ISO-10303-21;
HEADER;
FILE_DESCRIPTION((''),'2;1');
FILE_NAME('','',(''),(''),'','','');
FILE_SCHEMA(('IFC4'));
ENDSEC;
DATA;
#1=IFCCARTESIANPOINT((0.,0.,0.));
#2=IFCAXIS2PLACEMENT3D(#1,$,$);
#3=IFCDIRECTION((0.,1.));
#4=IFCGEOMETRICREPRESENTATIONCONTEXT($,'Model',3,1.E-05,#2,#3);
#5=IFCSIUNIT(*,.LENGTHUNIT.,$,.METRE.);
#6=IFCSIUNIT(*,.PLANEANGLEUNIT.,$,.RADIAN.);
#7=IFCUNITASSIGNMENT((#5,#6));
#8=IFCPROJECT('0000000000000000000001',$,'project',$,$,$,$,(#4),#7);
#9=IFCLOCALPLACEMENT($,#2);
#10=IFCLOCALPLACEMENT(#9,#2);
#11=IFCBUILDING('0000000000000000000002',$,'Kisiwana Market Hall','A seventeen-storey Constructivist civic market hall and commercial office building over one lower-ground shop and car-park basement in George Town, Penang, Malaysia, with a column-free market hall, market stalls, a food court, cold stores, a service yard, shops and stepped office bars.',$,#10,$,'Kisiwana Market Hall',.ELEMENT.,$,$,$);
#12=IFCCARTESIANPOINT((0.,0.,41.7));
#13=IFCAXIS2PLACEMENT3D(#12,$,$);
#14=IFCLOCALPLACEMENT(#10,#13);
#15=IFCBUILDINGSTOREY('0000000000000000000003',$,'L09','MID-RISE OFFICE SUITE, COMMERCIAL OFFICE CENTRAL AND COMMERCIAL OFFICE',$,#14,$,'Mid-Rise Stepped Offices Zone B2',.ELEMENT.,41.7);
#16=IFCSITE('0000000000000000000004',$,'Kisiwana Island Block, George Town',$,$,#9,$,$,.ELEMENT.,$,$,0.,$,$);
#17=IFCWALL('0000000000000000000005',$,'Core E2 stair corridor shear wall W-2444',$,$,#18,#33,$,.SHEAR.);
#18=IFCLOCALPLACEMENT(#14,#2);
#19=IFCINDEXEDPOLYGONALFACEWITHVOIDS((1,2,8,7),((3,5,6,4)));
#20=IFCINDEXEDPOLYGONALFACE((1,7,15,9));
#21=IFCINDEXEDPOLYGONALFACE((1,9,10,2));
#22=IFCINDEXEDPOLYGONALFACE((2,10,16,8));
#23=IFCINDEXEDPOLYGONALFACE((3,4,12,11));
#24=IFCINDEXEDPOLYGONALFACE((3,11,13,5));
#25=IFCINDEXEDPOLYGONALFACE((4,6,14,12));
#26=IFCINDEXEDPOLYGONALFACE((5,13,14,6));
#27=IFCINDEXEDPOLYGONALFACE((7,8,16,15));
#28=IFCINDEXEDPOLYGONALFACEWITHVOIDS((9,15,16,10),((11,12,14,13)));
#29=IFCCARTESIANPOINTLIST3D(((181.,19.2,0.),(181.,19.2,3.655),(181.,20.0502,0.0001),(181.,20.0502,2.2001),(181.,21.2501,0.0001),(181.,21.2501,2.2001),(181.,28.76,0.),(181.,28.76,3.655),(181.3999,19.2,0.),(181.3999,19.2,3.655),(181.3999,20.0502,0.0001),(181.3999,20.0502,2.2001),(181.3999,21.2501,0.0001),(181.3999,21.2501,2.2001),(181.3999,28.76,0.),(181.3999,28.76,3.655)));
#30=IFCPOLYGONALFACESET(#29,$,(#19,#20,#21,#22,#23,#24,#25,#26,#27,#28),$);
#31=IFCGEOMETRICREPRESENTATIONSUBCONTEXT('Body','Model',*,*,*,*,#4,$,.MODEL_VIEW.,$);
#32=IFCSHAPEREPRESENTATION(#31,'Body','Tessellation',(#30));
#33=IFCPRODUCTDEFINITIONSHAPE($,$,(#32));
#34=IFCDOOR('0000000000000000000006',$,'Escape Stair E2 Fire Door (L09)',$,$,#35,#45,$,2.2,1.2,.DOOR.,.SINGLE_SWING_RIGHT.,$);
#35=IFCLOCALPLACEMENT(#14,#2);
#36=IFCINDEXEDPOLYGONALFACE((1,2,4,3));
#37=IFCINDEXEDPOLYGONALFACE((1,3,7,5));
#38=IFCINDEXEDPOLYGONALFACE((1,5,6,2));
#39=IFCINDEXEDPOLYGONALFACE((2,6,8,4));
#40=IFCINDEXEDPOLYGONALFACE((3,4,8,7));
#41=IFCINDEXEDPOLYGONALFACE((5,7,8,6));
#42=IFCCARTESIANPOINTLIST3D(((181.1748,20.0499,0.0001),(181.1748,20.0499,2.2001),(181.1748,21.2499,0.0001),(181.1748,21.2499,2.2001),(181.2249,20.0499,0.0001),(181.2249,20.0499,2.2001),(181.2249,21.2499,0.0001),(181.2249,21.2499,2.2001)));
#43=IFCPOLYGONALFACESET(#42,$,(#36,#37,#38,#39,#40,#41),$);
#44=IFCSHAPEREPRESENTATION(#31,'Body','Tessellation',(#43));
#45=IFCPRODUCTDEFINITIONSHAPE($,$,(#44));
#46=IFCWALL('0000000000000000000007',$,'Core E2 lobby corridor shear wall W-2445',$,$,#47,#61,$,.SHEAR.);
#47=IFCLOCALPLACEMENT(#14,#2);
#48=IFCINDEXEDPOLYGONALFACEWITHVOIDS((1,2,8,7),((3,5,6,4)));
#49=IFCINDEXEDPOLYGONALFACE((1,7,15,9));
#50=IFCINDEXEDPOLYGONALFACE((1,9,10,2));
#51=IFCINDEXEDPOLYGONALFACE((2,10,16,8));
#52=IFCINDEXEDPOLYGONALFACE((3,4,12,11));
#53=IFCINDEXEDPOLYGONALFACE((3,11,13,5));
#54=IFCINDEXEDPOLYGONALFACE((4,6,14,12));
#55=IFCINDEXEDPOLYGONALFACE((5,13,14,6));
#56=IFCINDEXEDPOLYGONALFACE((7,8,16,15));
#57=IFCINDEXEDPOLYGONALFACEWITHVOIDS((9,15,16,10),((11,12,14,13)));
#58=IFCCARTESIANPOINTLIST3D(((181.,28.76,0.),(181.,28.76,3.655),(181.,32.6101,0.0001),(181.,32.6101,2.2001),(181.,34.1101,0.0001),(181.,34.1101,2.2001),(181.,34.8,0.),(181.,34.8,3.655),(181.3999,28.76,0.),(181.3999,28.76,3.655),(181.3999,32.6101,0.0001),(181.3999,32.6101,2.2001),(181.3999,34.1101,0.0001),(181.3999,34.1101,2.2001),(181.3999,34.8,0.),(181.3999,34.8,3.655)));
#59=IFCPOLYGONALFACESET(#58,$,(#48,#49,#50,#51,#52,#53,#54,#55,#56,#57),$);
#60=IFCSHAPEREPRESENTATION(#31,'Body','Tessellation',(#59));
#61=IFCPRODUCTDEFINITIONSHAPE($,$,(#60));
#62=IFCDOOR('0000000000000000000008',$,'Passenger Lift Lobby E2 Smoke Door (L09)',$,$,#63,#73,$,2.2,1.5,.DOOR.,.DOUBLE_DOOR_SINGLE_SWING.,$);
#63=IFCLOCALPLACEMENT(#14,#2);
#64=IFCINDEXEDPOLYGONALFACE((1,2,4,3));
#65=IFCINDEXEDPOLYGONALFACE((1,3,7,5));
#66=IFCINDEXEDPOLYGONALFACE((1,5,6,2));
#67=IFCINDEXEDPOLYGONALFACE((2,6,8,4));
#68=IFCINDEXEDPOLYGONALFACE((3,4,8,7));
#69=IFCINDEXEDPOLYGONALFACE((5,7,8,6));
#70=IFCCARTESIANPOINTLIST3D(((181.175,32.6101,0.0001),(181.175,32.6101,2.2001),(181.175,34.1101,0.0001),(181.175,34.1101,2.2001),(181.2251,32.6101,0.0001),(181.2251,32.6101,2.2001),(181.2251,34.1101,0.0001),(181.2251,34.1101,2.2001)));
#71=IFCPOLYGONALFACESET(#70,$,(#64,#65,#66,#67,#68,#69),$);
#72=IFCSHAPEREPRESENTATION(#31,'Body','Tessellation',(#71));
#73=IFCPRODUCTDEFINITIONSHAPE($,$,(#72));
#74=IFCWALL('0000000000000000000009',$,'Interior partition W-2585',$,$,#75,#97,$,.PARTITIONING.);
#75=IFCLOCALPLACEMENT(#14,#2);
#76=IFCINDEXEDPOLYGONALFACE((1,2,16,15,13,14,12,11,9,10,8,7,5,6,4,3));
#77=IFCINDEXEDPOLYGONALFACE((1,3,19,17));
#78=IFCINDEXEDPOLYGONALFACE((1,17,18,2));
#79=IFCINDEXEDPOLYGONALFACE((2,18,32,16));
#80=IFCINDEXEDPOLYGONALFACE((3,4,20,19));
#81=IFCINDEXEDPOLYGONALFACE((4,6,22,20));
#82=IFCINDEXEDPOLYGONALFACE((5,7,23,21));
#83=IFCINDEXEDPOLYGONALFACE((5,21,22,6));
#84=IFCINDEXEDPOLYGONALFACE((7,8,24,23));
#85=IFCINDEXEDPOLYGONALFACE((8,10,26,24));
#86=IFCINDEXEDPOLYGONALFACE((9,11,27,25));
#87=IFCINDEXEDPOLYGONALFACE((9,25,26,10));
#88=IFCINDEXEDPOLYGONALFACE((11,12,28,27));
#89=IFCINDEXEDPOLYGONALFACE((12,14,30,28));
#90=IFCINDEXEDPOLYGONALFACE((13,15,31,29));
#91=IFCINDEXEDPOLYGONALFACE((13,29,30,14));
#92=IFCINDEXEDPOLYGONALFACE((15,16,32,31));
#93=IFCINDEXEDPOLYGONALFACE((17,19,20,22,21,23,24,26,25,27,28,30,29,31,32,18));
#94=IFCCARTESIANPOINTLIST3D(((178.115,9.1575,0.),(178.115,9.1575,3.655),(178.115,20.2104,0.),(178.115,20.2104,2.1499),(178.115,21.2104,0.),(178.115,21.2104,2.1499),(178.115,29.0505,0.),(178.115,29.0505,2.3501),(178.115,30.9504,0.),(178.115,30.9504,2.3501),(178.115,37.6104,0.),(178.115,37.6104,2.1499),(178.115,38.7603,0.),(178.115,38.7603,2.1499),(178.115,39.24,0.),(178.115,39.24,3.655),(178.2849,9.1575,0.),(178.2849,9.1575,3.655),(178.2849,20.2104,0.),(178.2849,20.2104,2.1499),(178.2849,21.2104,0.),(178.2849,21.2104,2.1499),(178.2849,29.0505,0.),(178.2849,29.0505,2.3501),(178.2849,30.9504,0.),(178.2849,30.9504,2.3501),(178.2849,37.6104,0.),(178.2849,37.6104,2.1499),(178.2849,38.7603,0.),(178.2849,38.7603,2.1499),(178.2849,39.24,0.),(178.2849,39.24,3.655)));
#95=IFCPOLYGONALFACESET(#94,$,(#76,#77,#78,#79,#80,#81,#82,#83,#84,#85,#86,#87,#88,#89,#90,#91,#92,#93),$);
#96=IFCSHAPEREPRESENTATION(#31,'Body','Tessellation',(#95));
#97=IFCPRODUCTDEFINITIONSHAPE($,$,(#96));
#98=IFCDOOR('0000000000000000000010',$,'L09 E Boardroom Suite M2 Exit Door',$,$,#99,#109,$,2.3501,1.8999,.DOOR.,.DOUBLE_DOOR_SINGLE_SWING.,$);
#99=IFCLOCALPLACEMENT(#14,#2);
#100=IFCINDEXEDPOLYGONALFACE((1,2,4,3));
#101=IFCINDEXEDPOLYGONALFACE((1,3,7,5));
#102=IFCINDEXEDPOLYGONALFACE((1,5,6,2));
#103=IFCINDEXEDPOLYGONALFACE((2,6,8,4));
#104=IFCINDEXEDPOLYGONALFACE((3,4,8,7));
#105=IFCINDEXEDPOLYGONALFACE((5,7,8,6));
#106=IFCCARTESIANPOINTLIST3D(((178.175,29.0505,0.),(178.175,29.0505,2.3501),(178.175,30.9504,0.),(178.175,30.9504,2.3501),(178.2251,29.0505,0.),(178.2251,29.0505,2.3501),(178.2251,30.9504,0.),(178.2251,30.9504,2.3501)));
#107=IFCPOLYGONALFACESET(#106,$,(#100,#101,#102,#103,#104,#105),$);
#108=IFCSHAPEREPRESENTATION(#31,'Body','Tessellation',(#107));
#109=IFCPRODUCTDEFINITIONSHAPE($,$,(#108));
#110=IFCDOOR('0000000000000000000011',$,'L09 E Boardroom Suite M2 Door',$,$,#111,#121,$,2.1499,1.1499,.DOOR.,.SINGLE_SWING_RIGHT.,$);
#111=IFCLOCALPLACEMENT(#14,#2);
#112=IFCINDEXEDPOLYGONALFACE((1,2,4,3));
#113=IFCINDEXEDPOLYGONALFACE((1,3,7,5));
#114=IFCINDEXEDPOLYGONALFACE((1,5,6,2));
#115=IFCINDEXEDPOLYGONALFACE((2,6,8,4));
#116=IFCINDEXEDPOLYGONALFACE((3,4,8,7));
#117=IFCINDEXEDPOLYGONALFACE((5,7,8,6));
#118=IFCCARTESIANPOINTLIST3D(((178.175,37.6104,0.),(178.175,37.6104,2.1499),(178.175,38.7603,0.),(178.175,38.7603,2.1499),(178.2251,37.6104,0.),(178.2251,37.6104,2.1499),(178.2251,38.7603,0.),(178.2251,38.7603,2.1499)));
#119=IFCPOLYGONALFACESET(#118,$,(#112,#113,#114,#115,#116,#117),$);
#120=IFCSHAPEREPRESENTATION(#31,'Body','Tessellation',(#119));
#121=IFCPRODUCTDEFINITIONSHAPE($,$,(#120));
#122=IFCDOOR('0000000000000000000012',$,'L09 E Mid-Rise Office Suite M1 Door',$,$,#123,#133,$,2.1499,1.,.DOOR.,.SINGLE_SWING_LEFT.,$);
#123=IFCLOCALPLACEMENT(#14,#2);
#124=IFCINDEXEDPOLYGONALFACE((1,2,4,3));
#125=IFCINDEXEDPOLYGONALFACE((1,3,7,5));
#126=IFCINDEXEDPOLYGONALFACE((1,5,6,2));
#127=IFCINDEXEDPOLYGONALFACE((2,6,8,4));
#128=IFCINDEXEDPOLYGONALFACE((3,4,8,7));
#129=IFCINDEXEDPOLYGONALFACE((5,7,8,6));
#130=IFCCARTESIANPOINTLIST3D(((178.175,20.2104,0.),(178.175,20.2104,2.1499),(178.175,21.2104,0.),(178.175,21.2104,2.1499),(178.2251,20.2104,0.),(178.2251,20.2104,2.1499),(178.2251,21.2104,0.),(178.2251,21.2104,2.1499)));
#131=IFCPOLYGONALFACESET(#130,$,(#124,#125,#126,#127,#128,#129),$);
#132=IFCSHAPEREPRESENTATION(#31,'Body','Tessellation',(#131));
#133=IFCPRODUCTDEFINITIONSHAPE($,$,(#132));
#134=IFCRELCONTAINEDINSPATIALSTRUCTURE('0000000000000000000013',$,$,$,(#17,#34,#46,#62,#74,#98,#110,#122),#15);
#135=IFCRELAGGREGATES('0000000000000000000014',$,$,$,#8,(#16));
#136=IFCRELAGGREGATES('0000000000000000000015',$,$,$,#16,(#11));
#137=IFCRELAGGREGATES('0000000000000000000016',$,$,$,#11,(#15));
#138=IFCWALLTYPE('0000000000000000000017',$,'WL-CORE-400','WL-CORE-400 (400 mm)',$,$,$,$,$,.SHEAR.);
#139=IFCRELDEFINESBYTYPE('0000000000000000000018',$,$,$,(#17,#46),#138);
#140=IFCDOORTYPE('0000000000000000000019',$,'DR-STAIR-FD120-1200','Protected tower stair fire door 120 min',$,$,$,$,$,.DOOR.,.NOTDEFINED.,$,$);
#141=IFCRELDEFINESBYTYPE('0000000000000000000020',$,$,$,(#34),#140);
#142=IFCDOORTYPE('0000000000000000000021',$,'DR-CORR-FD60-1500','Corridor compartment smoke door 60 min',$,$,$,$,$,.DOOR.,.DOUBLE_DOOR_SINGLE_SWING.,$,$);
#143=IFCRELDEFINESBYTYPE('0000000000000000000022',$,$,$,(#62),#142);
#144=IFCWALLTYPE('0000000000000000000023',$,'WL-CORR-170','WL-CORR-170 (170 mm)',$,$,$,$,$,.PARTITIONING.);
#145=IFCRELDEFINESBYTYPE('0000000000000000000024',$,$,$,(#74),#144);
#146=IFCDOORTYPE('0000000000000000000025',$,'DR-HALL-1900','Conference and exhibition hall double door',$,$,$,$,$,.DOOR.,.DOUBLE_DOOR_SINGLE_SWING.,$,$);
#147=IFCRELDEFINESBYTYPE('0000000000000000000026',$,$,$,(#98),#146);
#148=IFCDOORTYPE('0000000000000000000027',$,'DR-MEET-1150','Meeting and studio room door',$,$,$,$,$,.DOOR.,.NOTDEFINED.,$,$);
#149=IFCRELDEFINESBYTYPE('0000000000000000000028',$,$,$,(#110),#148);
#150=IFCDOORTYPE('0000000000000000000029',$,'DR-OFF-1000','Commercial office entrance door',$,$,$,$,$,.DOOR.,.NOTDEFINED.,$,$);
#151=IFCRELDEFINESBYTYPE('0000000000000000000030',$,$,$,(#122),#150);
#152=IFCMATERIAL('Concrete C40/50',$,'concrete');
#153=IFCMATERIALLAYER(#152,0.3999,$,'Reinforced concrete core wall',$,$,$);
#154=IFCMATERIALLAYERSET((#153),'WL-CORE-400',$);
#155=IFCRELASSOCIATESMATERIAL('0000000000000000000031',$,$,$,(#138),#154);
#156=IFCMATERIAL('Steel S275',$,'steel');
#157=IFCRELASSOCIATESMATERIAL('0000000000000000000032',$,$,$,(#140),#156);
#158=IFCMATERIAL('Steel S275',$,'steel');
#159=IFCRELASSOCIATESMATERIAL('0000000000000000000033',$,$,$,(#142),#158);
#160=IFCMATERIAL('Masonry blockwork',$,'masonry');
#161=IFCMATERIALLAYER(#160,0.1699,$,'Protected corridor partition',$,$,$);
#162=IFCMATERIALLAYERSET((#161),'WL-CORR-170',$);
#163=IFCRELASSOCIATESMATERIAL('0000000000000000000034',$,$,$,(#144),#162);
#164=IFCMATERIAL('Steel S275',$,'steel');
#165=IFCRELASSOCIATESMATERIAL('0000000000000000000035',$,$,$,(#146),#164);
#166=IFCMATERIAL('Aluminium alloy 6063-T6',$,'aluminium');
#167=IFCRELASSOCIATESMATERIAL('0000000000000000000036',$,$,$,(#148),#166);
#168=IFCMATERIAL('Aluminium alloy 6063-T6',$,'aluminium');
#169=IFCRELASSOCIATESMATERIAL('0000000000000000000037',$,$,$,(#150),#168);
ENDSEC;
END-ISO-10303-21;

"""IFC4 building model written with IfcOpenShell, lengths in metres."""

from ifc_helpers import new_model, si_unit, direction, frame, frame_2d, origin, place, context, subcontext, project, spatial, rectangle, extrude, material, layer, layer_set, type_object, element, fill, save


model = new_model("IFC4")

# Units and contexts
model_context = context("Model", 3, precision=1e-05, world=origin(), true_north=direction((0.0, 1.0)))
body_context = subcontext(model_context, "Body", "Model", "MODEL_VIEW")
ifc_project = project(units=[si_unit("LENGTHUNIT", "METRE"), si_unit("PLANEANGLEUNIT", "RADIAN")], contexts=[model_context])

# Site, building, storey
site_placement = place(None, origin())
site = spatial("IfcSite", under=ifc_project, at=site_placement, Name="Kisiwana Island Block, George Town", CompositionType="ELEMENT", RefElevation=0.0)
building_placement = place(site_placement, origin())
building = spatial("IfcBuilding", under=site, at=building_placement, Name="Kisiwana Market Hall", Description="A seventeen-storey Constructivist civic market hall and commercial office building over one lower-ground shop and car-park basement in George Town, Penang, Malaysia, with a column-free market hall, market stalls, a food court, cold stores, a service yard, shops and stepped office bars.", LongName="Kisiwana Market Hall", CompositionType="ELEMENT")
storey_placement = place(building_placement, frame((0.0, 0.0, 41.7)))
storey = spatial("IfcBuildingStorey", under=building, at=storey_placement, Name="L09", Description="MID-RISE OFFICE SUITE, COMMERCIAL OFFICE CENTRAL AND COMMERCIAL OFFICE", LongName="Mid-Rise Stepped Offices Zone B2", CompositionType="ELEMENT", Elevation=41.7)

# Shared definitions
ifc_material_1 = material(Name="Concrete C40/50", Category="concrete")
ifc_layer_1 = layer(ifc_material_1, 0.3999, Name="Reinforced concrete core wall")
ifc_layer_set_1 = layer_set([ifc_layer_1], Name="WL-CORE-400")
wall_type_1 = type_object("IfcWallType", Name="WL-CORE-400", Description="WL-CORE-400 (400 mm)", PredefinedType="SHEAR", material=ifc_layer_set_1)

# Walls, openings, doors
wall_1_placement = place(storey_placement, frame((181.2, 19.2, 0.0), z_axis=(0.0, 0.0, 1.0), x_axis=(0.0, 1.0, 0.0)))
wall_1 = element("IfcWall", 1, at=wall_1_placement, inside=storey, type_object=wall_type_1, Name="Core E2 stair corridor shear wall W-2444", PredefinedType="SHEAR", context=body_context, shape_type="SweptSolid", body=[
    extrude(rectangle(XDim=9.5601, YDim=0.3999, at=frame_2d((4.78, 0.0))), origin(), (0.0, 0.0, 1.0), 3.655),
])
opening_1_placement = place(wall_1_placement, frame((0.8501, 0.0, 0.0)))
opening_1 = element("IfcOpeningElement", 2, at=opening_1_placement, cuts=wall_1, PredefinedType="OPENING", context=body_context, shape_type="SweptSolid", body=[
    extrude(rectangle(XDim=1.2, YDim=2.2, at=frame_2d((0.6001, 1.1001))), frame((0.0, 0.2119, 0.0), z_axis=(0.0, -1.0, 0.0), x_axis=(1.0, 0.0, 0.0)), (0.0, 0.0, 1.0), 0.4238),
])
ifc_material_2 = material(Name="Steel S275", Category="steel")
door_type_1 = type_object("IfcDoorType", Name="DR-STAIR-FD120-1200", Description="Protected tower stair fire door 120 min", OperationType="NOTDEFINED", PredefinedType="DOOR", material=ifc_material_2)
door_1_placement = place(opening_1_placement, frame((1.2, 0.0, 0.0), z_axis=(0.0, 0.0, 1.0), x_axis=(-1.0, 0.0, 0.0)))
door_1 = element("IfcDoor", 3, at=door_1_placement, inside=storey, type_object=door_type_1, Name="Escape Stair E2 Fire Door (L09)", OperationType="SINGLE_SWING_RIGHT", OverallHeight=2.2, OverallWidth=1.2, PredefinedType="DOOR", context=body_context, shape_type="SweptSolid", body=[
    extrude(rectangle(XDim=1.2, YDim=2.2, at=frame_2d((0.6001, 1.1001))), frame((0.0, 0.0249, 0.0), z_axis=(0.0, -1.0, 0.0), x_axis=(1.0, 0.0, 0.0)), (0.0, 0.0, 1.0), 0.05),
])
fill(opening_1, door_1)
wall_2_placement = place(storey_placement, frame((181.2, 28.76, 0.0), z_axis=(0.0, 0.0, 1.0), x_axis=(0.0, 1.0, 0.0)))
wall_2 = element("IfcWall", 4, at=wall_2_placement, inside=storey, type_object=wall_type_1, Name="Core E2 lobby corridor shear wall W-2445", PredefinedType="SHEAR", context=body_context, shape_type="SweptSolid", body=[
    extrude(rectangle(XDim=6.04, YDim=0.3999, at=frame_2d((3.02, 0.0))), origin(), (0.0, 0.0, 1.0), 3.655),
])
opening_2_placement = place(wall_2_placement, frame((3.8501, 0.0, 0.0)))
opening_2 = element("IfcOpeningElement", 5, at=opening_2_placement, cuts=wall_2, PredefinedType="OPENING", context=body_context, shape_type="SweptSolid", body=[
    extrude(rectangle(XDim=1.5, YDim=2.2, at=frame_2d((0.75, 1.1001))), frame((0.0, 0.2119, 0.0), z_axis=(0.0, -1.0, 0.0), x_axis=(1.0, 0.0, 0.0)), (0.0, 0.0, 1.0), 0.4238),
])
ifc_material_3 = material(Name="Steel S275", Category="steel")
door_type_2 = type_object("IfcDoorType", Name="DR-CORR-FD60-1500", Description="Corridor compartment smoke door 60 min", OperationType="DOUBLE_DOOR_SINGLE_SWING", PredefinedType="DOOR", material=ifc_material_3)
door_2_placement = place(opening_2_placement, origin())
door_2 = element("IfcDoor", 6, at=door_2_placement, inside=storey, type_object=door_type_2, Name="Passenger Lift Lobby E2 Smoke Door (L09)", OperationType="DOUBLE_DOOR_SINGLE_SWING", OverallHeight=2.2, OverallWidth=1.5, PredefinedType="DOOR", context=body_context, shape_type="SweptSolid", body=[
    extrude(rectangle(XDim=1.5, YDim=2.2, at=frame_2d((0.75, 1.1001))), frame((0.0, 0.0249, 0.0), z_axis=(0.0, -1.0, 0.0), x_axis=(1.0, 0.0, 0.0)), (0.0, 0.0, 1.0), 0.05),
])
fill(opening_2, door_2)

# Wall, openings, doors
ifc_material_4 = material(Name="Masonry blockwork", Category="masonry")
ifc_layer_2 = layer(ifc_material_4, 0.1699, Name="Protected corridor partition")
ifc_layer_set_2 = layer_set([ifc_layer_2], Name="WL-CORR-170")
wall_type_2 = type_object("IfcWallType", Name="WL-CORR-170", Description="WL-CORR-170 (170 mm)", PredefinedType="PARTITIONING", material=ifc_layer_set_2)
wall_3_placement = place(storey_placement, frame((178.2, 9.1575, 0.0), z_axis=(0.0, 0.0, 1.0), x_axis=(0.0, 1.0, 0.0)))
wall_3 = element("IfcWall", 7, at=wall_3_placement, inside=storey, type_object=wall_type_2, Name="Interior partition W-2585", PredefinedType="PARTITIONING", context=body_context, shape_type="SweptSolid", body=[
    extrude(rectangle(XDim=30.0825, YDim=0.1699, at=frame_2d((15.0413, 0.0))), origin(), (0.0, 0.0, 1.0), 3.655),
])
opening_3_placement = place(wall_3_placement, frame((11.053, 0.0, 0.0)))
opening_3 = element("IfcOpeningElement", 8, at=opening_3_placement, cuts=wall_3, PredefinedType="OPENING", context=body_context, shape_type="SweptSolid", body=[
    extrude(rectangle(XDim=1.0, YDim=2.1499, at=frame_2d((0.5, 1.075))), frame((0.0, 0.0969, 0.0), z_axis=(0.0, -1.0, 0.0), x_axis=(1.0, 0.0, 0.0)), (0.0, 0.0, 1.0), 0.1938),
])
opening_4_placement = place(wall_3_placement, frame((28.4529, 0.0, 0.0)))
opening_4 = element("IfcOpeningElement", 9, at=opening_4_placement, cuts=wall_3, PredefinedType="OPENING", context=body_context, shape_type="SweptSolid", body=[
    extrude(rectangle(XDim=1.1499, YDim=2.1499, at=frame_2d((0.575, 1.075))), frame((0.0, 0.0969, 0.0), z_axis=(0.0, -1.0, 0.0), x_axis=(1.0, 0.0, 0.0)), (0.0, 0.0, 1.0), 0.1938),
])
opening_5_placement = place(wall_3_placement, frame((19.8931, 0.0, 0.0)))
opening_5 = element("IfcOpeningElement", 10, at=opening_5_placement, cuts=wall_3, PredefinedType="OPENING", context=body_context, shape_type="SweptSolid", body=[
    extrude(rectangle(XDim=1.8999, YDim=2.3501, at=frame_2d((0.95, 1.175))), frame((0.0, 0.0969, 0.0), z_axis=(0.0, -1.0, 0.0), x_axis=(1.0, 0.0, 0.0)), (0.0, 0.0, 1.0), 0.1938),
])
ifc_material_5 = material(Name="Steel S275", Category="steel")
door_type_3 = type_object("IfcDoorType", Name="DR-HALL-1900", Description="Conference and exhibition hall double door", OperationType="DOUBLE_DOOR_SINGLE_SWING", PredefinedType="DOOR", material=ifc_material_5)
door_3_placement = place(opening_5_placement, origin())
door_3 = element("IfcDoor", 11, at=door_3_placement, inside=storey, type_object=door_type_3, Name="L09 E Boardroom Suite M2 Exit Door", OperationType="DOUBLE_DOOR_SINGLE_SWING", OverallHeight=2.3501, OverallWidth=1.8999, PredefinedType="DOOR", context=body_context, shape_type="SweptSolid", body=[
    extrude(rectangle(XDim=1.8999, YDim=2.3501, at=frame_2d((0.95, 1.175))), frame((0.0, 0.0249, 0.0), z_axis=(0.0, -1.0, 0.0), x_axis=(1.0, 0.0, 0.0)), (0.0, 0.0, 1.0), 0.05),
])
fill(opening_5, door_3)
ifc_material_6 = material(Name="Aluminium alloy 6063-T6", Category="aluminium")
door_type_4 = type_object("IfcDoorType", Name="DR-MEET-1150", Description="Meeting and studio room door", OperationType="NOTDEFINED", PredefinedType="DOOR", material=ifc_material_6)
door_4_placement = place(opening_4_placement, origin())
door_4 = element("IfcDoor", 12, at=door_4_placement, inside=storey, type_object=door_type_4, Name="L09 E Boardroom Suite M2 Door", OperationType="SINGLE_SWING_RIGHT", OverallHeight=2.1499, OverallWidth=1.1499, PredefinedType="DOOR", context=body_context, shape_type="SweptSolid", body=[
    extrude(rectangle(XDim=1.1499, YDim=2.1499, at=frame_2d((0.575, 1.075))), frame((0.0, 0.0249, 0.0), z_axis=(0.0, -1.0, 0.0), x_axis=(1.0, 0.0, 0.0)), (0.0, 0.0, 1.0), 0.05),
])
fill(opening_4, door_4)
ifc_material_7 = material(Name="Aluminium alloy 6063-T6", Category="aluminium")
door_type_5 = type_object("IfcDoorType", Name="DR-OFF-1000", Description="Commercial office entrance door", OperationType="NOTDEFINED", PredefinedType="DOOR", material=ifc_material_7)
door_5_placement = place(opening_3_placement, origin())
door_5 = element("IfcDoor", 13, at=door_5_placement, inside=storey, type_object=door_type_5, Name="L09 E Mid-Rise Office Suite M1 Door", OperationType="SINGLE_SWING_LEFT", OverallHeight=2.1499, OverallWidth=1.0, PredefinedType="DOOR", context=body_context, shape_type="SweptSolid", body=[
    extrude(rectangle(XDim=1.0, YDim=2.1499, at=frame_2d((0.5, 1.075))), frame((0.0, 0.0249, 0.0), z_axis=(0.0, -1.0, 0.0), x_axis=(1.0, 0.0, 0.0)), (0.0, 0.0, 1.0), 0.05),
])
fill(opening_3, door_5)

save(model, "model.ifc")
